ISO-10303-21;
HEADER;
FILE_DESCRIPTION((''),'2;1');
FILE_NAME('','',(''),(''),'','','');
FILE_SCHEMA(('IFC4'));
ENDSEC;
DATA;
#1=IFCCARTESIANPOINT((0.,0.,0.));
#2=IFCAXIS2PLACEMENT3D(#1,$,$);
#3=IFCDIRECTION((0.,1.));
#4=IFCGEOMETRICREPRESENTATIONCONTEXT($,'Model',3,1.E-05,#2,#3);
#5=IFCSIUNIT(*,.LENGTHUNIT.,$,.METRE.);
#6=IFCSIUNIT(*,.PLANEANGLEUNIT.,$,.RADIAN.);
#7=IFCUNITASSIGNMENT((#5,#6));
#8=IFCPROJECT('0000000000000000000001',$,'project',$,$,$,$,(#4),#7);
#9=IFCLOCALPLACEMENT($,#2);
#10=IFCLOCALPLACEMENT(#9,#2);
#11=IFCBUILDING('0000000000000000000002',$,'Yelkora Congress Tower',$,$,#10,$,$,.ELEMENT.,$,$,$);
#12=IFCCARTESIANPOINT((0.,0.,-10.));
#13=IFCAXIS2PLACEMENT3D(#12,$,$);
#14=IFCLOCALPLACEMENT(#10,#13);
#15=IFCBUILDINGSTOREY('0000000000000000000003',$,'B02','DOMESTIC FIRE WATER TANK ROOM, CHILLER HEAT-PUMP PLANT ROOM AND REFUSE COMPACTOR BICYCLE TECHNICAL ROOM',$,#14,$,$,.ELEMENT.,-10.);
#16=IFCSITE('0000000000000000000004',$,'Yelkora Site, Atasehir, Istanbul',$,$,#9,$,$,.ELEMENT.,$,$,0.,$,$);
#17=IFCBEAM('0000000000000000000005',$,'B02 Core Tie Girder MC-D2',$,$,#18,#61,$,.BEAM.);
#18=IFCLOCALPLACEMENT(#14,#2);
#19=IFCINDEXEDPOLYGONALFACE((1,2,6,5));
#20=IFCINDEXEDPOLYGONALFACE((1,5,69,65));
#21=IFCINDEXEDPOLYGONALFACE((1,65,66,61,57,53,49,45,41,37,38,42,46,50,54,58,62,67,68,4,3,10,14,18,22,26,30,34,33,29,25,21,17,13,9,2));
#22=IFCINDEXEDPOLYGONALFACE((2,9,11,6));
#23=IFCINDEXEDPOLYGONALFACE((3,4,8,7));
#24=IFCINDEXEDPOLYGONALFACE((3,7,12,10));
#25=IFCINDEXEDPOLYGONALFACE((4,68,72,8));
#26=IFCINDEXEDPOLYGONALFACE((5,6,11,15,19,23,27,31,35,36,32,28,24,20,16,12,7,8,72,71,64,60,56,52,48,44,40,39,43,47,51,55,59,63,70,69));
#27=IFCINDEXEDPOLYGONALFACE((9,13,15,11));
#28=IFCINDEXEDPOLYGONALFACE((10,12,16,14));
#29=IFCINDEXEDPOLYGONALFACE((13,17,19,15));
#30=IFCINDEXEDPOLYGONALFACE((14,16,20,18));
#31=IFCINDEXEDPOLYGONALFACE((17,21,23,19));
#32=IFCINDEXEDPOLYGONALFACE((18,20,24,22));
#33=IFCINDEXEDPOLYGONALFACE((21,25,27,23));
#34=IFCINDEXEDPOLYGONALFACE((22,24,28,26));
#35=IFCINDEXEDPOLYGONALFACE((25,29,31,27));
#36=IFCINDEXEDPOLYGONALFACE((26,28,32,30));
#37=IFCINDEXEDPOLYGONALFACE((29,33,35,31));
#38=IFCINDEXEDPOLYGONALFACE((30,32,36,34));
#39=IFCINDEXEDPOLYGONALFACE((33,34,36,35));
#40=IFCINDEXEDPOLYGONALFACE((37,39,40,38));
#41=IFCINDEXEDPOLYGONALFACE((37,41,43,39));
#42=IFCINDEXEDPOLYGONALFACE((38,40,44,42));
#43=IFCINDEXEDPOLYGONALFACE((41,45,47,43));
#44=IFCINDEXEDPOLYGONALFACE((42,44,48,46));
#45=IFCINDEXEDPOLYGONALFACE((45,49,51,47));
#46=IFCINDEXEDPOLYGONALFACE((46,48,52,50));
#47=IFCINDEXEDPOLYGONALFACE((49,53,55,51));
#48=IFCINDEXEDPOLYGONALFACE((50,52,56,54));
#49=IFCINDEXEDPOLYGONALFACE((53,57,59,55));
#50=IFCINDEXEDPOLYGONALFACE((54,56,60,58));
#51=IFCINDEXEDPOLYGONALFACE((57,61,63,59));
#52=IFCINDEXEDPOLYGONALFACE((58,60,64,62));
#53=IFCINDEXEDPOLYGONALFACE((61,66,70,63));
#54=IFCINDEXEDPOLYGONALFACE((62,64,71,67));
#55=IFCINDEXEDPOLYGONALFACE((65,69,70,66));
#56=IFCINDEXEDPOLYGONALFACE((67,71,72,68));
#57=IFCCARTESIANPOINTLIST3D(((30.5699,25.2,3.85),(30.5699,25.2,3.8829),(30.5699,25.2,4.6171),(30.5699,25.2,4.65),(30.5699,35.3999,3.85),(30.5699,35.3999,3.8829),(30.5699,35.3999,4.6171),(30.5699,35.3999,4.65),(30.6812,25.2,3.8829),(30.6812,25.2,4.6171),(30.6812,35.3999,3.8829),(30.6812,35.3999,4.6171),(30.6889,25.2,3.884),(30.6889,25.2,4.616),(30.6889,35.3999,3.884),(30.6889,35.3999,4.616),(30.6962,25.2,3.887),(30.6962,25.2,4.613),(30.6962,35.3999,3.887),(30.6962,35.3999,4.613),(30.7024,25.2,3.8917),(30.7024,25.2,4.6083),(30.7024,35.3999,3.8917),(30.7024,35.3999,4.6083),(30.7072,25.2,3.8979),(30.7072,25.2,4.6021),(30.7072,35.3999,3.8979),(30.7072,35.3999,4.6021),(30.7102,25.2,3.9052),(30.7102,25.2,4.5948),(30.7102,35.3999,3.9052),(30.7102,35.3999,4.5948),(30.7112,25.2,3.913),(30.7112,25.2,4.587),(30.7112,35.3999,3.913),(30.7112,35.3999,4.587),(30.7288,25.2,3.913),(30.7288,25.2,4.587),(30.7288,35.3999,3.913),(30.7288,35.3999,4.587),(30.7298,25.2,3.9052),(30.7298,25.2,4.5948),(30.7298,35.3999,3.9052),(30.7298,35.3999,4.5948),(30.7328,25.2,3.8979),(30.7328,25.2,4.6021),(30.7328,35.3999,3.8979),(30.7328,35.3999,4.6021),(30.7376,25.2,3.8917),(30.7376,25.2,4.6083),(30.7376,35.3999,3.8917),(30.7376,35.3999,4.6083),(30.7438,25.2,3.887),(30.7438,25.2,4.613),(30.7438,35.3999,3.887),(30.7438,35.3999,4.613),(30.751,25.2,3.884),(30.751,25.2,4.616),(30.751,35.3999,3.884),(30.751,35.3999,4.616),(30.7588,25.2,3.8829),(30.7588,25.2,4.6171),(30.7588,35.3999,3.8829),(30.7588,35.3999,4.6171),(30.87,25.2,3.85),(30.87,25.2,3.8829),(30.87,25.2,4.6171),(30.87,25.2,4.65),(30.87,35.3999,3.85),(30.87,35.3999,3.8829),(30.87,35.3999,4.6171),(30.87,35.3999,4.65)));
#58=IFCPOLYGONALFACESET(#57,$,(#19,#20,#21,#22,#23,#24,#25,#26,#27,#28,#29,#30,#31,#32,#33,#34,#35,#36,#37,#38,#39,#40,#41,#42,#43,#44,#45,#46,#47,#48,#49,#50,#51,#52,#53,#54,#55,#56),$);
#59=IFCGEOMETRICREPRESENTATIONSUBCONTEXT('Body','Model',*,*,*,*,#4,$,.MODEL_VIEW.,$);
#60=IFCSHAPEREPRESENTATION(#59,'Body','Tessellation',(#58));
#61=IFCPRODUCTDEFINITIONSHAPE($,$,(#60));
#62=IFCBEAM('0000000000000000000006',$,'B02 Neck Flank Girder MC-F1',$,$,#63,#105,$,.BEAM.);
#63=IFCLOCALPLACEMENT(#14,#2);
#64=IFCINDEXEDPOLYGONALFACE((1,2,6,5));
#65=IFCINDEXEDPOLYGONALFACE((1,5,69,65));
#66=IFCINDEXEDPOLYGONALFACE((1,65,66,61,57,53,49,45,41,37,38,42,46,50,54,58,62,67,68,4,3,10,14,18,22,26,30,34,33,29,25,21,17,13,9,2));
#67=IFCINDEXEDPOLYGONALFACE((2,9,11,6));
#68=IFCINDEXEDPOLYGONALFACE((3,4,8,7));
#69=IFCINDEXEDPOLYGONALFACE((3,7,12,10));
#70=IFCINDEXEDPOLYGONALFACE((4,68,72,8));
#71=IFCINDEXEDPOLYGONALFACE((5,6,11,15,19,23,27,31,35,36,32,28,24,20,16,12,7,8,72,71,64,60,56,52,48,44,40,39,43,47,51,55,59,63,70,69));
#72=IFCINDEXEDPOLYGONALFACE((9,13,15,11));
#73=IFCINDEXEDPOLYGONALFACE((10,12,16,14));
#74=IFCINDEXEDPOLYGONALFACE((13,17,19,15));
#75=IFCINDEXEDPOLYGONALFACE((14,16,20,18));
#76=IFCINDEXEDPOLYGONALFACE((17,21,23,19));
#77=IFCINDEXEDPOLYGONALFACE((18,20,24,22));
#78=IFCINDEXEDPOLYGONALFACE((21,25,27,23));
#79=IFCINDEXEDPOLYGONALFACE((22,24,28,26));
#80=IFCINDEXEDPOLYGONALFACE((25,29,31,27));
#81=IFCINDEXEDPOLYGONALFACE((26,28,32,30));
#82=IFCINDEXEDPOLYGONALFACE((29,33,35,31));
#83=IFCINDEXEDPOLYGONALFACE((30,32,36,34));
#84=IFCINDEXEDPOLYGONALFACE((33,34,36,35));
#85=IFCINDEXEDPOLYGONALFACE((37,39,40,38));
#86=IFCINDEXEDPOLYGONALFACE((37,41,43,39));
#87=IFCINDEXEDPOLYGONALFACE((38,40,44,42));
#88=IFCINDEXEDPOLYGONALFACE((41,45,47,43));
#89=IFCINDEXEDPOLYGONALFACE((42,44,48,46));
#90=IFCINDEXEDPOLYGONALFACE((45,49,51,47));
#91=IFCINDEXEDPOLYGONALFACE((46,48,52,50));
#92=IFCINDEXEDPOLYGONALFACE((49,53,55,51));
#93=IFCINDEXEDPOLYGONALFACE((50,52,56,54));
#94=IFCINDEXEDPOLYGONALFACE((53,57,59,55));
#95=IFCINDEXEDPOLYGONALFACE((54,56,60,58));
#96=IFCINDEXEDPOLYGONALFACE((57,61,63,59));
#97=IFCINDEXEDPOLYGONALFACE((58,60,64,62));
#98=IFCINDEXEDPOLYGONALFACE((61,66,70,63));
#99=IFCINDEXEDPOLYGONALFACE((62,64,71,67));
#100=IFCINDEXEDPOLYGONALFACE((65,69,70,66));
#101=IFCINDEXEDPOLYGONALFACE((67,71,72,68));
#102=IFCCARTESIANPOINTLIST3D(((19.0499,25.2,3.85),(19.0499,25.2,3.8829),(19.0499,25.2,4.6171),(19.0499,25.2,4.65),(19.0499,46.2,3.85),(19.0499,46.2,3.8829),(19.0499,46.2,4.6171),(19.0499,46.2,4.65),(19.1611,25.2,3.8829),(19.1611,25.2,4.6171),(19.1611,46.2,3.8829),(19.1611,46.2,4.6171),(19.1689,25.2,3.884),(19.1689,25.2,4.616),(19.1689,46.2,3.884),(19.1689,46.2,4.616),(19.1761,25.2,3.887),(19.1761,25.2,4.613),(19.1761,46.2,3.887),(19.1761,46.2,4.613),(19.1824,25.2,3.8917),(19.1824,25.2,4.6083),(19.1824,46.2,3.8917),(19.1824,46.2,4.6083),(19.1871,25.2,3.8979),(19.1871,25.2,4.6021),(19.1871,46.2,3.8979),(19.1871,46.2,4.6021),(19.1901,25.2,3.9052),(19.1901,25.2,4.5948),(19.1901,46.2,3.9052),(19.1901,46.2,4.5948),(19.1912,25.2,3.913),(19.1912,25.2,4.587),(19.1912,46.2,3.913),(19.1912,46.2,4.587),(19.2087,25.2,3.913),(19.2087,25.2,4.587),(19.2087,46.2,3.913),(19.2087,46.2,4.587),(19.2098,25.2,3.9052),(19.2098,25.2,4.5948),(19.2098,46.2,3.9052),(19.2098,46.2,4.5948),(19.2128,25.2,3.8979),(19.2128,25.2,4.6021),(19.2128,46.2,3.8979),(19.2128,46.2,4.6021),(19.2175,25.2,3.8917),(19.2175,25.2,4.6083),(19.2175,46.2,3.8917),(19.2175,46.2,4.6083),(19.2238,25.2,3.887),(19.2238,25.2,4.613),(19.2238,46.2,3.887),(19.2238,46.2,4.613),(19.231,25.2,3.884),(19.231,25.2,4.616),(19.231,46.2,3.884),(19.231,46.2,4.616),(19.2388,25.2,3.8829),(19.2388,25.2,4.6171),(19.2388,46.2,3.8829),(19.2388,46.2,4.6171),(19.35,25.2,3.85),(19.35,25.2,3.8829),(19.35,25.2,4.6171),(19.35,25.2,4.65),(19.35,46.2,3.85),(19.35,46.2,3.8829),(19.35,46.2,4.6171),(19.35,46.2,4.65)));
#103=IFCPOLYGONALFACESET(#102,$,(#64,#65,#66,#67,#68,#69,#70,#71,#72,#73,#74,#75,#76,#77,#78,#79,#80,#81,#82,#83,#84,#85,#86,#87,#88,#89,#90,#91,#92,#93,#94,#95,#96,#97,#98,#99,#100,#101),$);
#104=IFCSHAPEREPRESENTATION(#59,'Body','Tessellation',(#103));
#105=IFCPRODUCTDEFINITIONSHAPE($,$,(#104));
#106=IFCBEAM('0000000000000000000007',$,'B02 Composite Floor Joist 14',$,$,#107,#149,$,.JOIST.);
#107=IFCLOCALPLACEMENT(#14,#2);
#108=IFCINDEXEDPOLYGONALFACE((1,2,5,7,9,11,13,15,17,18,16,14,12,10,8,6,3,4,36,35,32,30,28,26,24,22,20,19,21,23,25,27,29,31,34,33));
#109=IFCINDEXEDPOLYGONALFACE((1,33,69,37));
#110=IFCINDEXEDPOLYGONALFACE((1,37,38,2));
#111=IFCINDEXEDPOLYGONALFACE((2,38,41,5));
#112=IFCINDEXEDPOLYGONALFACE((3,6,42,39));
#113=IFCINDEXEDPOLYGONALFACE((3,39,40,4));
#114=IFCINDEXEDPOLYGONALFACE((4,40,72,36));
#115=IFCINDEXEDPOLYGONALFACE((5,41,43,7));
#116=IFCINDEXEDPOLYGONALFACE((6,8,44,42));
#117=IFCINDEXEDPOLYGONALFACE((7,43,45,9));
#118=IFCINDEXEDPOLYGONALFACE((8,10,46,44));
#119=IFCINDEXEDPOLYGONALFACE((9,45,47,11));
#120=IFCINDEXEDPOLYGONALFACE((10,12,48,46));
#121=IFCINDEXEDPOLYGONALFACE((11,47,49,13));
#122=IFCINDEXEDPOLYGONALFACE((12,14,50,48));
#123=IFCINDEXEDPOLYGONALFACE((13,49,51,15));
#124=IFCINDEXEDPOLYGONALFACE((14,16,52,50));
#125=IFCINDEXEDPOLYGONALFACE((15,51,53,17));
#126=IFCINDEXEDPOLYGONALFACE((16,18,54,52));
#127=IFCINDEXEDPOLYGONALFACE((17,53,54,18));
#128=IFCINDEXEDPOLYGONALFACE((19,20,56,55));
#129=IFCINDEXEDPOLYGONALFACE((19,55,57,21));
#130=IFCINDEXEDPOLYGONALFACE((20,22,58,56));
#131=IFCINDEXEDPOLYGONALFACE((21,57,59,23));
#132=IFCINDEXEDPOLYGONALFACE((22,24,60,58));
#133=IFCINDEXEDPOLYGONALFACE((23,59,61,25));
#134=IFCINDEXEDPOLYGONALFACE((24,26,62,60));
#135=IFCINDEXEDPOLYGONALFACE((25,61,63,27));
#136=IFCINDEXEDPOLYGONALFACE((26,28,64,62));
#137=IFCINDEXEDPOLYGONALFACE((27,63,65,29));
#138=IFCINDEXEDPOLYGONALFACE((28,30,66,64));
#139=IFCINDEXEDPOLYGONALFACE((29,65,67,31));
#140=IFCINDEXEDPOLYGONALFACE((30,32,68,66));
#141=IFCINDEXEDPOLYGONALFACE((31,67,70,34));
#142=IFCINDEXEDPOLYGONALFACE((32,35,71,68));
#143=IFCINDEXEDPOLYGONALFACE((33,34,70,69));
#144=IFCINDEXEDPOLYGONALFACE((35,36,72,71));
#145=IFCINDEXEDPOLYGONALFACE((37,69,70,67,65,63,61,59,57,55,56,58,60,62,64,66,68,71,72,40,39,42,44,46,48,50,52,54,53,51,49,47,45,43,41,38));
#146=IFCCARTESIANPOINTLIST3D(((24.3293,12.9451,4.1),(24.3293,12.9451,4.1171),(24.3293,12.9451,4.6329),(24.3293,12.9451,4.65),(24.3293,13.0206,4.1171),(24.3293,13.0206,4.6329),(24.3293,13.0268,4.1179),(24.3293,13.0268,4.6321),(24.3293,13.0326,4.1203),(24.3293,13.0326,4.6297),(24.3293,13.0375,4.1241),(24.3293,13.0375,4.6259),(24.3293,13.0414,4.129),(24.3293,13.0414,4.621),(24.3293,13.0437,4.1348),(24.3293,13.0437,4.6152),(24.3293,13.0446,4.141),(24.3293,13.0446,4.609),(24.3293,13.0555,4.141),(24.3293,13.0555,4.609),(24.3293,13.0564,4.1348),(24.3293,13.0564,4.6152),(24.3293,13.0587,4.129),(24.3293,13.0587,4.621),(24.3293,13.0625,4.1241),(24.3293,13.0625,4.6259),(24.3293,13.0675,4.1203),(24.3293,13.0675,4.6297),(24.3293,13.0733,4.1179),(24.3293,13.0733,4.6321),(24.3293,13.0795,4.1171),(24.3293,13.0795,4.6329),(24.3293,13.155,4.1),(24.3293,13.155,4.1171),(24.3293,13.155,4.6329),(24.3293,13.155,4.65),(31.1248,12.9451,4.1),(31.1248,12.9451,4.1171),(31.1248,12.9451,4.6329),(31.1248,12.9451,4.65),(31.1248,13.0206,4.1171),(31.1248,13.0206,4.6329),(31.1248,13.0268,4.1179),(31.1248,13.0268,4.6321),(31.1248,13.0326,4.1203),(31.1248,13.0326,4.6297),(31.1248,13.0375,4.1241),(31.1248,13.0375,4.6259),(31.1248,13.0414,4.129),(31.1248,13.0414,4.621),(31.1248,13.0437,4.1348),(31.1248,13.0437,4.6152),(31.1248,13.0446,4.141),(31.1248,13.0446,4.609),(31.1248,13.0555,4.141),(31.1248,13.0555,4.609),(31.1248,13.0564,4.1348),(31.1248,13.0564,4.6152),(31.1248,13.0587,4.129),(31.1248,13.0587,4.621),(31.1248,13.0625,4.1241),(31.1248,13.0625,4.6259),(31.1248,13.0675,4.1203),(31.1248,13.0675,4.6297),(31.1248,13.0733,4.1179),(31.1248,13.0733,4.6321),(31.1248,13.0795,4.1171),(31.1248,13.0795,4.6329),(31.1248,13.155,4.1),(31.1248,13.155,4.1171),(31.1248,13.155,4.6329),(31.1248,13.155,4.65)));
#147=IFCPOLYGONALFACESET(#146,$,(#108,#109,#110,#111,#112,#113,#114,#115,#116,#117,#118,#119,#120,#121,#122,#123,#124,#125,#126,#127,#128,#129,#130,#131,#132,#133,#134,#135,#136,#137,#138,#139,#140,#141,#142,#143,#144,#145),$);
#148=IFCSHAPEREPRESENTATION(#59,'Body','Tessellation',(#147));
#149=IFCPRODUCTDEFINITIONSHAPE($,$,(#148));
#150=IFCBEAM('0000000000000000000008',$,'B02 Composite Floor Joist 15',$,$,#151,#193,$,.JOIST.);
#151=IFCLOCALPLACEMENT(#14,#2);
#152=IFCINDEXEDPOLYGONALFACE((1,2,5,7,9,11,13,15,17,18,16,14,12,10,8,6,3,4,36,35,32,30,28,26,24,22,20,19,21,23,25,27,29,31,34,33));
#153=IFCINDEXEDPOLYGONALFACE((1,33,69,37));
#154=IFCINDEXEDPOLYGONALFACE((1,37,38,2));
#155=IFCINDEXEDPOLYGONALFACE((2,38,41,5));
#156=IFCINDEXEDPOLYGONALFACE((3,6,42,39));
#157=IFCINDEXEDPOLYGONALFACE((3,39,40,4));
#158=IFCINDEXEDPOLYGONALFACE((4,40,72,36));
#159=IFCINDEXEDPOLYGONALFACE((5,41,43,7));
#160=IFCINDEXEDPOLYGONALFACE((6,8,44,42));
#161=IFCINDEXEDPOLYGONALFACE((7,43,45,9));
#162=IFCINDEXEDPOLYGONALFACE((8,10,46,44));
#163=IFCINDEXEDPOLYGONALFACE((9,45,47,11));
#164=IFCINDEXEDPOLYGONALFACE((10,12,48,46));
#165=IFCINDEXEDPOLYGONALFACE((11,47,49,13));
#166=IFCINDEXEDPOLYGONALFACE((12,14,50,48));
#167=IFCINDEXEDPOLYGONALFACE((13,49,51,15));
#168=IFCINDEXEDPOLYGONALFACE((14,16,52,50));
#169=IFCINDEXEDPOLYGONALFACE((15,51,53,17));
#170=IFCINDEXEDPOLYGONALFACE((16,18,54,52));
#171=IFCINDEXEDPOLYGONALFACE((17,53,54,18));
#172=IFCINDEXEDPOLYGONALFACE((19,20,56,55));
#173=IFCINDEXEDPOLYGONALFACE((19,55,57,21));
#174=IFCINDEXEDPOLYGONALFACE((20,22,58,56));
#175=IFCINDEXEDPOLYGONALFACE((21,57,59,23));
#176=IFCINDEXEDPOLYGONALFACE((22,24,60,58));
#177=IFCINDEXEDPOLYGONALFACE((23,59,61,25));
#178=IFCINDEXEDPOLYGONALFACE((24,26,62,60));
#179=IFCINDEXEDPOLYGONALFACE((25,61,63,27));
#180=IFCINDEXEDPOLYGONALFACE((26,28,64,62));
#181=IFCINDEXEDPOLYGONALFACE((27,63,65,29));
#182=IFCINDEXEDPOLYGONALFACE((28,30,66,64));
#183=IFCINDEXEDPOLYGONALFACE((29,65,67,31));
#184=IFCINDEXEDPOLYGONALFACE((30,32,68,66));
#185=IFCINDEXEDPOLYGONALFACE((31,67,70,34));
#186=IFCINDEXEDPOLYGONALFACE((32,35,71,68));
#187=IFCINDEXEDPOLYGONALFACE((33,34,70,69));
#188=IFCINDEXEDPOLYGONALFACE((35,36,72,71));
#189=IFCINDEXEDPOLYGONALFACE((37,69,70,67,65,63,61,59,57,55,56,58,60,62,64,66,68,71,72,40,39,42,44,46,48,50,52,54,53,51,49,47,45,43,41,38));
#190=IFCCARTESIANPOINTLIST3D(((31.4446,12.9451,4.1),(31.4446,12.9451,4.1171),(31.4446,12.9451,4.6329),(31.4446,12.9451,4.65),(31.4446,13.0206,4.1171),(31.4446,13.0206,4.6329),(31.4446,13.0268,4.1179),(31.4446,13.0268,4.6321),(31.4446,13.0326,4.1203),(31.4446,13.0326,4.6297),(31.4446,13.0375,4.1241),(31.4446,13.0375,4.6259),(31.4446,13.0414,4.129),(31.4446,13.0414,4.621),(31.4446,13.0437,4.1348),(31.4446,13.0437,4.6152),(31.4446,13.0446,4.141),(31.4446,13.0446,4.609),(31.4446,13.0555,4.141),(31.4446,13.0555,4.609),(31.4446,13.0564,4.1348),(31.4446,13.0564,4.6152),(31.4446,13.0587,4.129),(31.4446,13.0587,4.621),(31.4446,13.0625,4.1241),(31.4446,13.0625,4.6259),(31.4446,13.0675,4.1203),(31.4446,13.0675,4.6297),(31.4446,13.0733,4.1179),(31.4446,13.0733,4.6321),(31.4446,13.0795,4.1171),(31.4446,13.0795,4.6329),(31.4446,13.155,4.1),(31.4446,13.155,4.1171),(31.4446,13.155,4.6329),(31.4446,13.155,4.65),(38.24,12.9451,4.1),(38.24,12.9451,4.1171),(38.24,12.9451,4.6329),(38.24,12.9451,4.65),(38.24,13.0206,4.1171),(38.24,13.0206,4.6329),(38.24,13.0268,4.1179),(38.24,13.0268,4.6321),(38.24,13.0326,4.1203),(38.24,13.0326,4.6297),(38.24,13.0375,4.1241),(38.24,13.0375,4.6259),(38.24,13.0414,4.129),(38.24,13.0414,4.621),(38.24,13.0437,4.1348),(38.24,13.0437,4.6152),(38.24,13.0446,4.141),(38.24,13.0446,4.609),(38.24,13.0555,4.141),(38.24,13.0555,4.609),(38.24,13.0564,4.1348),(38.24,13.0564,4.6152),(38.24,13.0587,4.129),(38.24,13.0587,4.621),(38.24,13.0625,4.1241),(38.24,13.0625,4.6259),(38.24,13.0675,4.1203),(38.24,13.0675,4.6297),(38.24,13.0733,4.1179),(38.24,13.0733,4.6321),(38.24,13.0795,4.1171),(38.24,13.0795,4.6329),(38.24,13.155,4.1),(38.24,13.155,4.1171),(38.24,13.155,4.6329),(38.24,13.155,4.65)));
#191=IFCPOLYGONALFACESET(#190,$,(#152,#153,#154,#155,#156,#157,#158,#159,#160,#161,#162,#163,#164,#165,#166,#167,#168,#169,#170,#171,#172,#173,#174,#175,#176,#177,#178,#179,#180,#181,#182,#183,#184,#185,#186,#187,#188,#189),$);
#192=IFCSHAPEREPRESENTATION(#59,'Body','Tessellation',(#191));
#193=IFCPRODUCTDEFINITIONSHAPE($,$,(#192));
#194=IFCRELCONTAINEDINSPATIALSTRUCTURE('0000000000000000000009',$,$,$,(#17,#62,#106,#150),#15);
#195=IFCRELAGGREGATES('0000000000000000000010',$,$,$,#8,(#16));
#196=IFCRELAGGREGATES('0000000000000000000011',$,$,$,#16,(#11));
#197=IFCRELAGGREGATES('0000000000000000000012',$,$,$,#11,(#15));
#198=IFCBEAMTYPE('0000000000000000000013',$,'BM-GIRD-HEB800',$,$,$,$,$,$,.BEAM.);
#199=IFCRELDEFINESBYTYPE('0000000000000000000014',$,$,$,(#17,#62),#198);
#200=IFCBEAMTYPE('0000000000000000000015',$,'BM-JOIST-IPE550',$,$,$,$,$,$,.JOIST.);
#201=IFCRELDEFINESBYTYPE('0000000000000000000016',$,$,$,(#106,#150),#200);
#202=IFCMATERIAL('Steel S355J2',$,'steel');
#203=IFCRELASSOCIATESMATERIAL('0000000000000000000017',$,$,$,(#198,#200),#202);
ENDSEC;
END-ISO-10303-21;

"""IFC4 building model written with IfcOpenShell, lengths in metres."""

from ifc_helpers import new_model, si_unit, direction, frame, origin, origin_2d, place, context, subcontext, project, spatial, i_section, extrude, material, material_profile, profile_set, type_object, element, save


model = new_model("IFC4")

# Units and contexts
model_context = context("Model", 3, precision=1e-05, world=origin(), true_north=direction((0.0, 1.0)))
body_context = subcontext(model_context, "Body", "Model", "MODEL_VIEW")
ifc_project = project(units=[si_unit("LENGTHUNIT", "METRE"), si_unit("PLANEANGLEUNIT", "RADIAN")], contexts=[model_context])

# Site, building, storey
site_placement = place(None, origin())
site = spatial("IfcSite", under=ifc_project, at=site_placement, Name="Yelkora Site, Atasehir, Istanbul", CompositionType="ELEMENT", RefElevation=0.0)
building_placement = place(site_placement, origin())
building = spatial("IfcBuilding", under=site, at=building_placement, Name="Yelkora Congress Tower", CompositionType="ELEMENT")
storey_placement = place(building_placement, frame((0.0, 0.0, -10.0)))
storey = spatial("IfcBuildingStorey", under=building, at=storey_placement, Name="B02", Description="DOMESTIC FIRE WATER TANK ROOM, CHILLER HEAT-PUMP PLANT ROOM AND REFUSE COMPACTOR BICYCLE TECHNICAL ROOM", CompositionType="ELEMENT", Elevation=-10.0)

# Beams
ifc_material_1 = material(Name="Steel S355J2", Category="steel")
ifc_material_profile_1 = material_profile(ifc_material_1, i_section(OverallWidth=0.3, OverallDepth=0.8, WebThickness=0.0176, FlangeThickness=0.033, FilletRadius=0.03, at=origin_2d()), Name="HEB 800")
ifc_profile_set_1 = profile_set([ifc_material_profile_1], Name="Steel S355J2")
beam_type_1 = type_object("IfcBeamType", Name="BM-GIRD-HEB800", PredefinedType="BEAM", material=ifc_profile_set_1)
for number, where, z_axis, x_axis, name in (
    (1, (30.72, 25.2, 4.25), (0.0, 1.0, 0.0), (-1.0, 0.0, 0.0), "B02 Core Tie Girder MC-D2"),
):
    element("IfcBeam", number, at=place(storey_placement, frame(where, z_axis=z_axis, x_axis=x_axis)), inside=storey, type_object=beam_type_1, Name=name, PredefinedType="BEAM", context=body_context, shape_type="SweptSolid", body=[
        extrude(i_section(OverallWidth=0.3, OverallDepth=0.8, WebThickness=0.0176, FlangeThickness=0.033, FilletRadius=0.03, at=origin_2d()), origin(), (0.0, 0.0, 1.0), 10.2),
    ])
beam_1_placement = place(storey_placement, frame((19.2, 25.2, 4.25), z_axis=(0.0, 1.0, 0.0), x_axis=(-1.0, 0.0, 0.0)))
element("IfcBeam", 2, at=beam_1_placement, inside=storey, type_object=beam_type_1, Name="B02 Neck Flank Girder MC-F1", PredefinedType="BEAM", context=body_context, shape_type="SweptSolid", body=[
    extrude(i_section(OverallWidth=0.3, OverallDepth=0.8, WebThickness=0.0176, FlangeThickness=0.033, FilletRadius=0.03, at=origin_2d()), origin(), (0.0, 0.0, 1.0), 21.0),
])
ifc_material_profile_2 = material_profile(ifc_material_1, i_section(OverallWidth=0.21, OverallDepth=0.55, WebThickness=0.011, FlangeThickness=0.0171, FilletRadius=0.0239, at=origin_2d()), Name="IPE 550")
ifc_profile_set_2 = profile_set([ifc_material_profile_2], Name="Steel S355J2")
beam_type_2 = type_object("IfcBeamType", Name="BM-JOIST-IPE550", PredefinedType="JOIST", material=ifc_profile_set_2)
for number, where, z_axis, x_axis, name in (
    (3, (24.3293, 13.05, 4.375), (1.0, 0.0, 0.0), (0.0, 1.0, 0.0), "B02 Composite Floor Joist 14"),
    (4, (31.4446, 13.05, 4.375), (1.0, 0.0, 0.0), (0.0, 1.0, 0.0), "B02 Composite Floor Joist 15"),
):
    element("IfcBeam", number, at=place(storey_placement, frame(where, z_axis=z_axis, x_axis=x_axis)), inside=storey, type_object=beam_type_2, Name=name, PredefinedType="JOIST", context=body_context, shape_type="SweptSolid", body=[
        extrude(i_section(OverallWidth=0.21, OverallDepth=0.55, WebThickness=0.011, FlangeThickness=0.0171, FilletRadius=0.0239, at=origin_2d()), origin(), (0.0, 0.0, 1.0), 6.7954),
    ])

save(model, "model.ifc")
